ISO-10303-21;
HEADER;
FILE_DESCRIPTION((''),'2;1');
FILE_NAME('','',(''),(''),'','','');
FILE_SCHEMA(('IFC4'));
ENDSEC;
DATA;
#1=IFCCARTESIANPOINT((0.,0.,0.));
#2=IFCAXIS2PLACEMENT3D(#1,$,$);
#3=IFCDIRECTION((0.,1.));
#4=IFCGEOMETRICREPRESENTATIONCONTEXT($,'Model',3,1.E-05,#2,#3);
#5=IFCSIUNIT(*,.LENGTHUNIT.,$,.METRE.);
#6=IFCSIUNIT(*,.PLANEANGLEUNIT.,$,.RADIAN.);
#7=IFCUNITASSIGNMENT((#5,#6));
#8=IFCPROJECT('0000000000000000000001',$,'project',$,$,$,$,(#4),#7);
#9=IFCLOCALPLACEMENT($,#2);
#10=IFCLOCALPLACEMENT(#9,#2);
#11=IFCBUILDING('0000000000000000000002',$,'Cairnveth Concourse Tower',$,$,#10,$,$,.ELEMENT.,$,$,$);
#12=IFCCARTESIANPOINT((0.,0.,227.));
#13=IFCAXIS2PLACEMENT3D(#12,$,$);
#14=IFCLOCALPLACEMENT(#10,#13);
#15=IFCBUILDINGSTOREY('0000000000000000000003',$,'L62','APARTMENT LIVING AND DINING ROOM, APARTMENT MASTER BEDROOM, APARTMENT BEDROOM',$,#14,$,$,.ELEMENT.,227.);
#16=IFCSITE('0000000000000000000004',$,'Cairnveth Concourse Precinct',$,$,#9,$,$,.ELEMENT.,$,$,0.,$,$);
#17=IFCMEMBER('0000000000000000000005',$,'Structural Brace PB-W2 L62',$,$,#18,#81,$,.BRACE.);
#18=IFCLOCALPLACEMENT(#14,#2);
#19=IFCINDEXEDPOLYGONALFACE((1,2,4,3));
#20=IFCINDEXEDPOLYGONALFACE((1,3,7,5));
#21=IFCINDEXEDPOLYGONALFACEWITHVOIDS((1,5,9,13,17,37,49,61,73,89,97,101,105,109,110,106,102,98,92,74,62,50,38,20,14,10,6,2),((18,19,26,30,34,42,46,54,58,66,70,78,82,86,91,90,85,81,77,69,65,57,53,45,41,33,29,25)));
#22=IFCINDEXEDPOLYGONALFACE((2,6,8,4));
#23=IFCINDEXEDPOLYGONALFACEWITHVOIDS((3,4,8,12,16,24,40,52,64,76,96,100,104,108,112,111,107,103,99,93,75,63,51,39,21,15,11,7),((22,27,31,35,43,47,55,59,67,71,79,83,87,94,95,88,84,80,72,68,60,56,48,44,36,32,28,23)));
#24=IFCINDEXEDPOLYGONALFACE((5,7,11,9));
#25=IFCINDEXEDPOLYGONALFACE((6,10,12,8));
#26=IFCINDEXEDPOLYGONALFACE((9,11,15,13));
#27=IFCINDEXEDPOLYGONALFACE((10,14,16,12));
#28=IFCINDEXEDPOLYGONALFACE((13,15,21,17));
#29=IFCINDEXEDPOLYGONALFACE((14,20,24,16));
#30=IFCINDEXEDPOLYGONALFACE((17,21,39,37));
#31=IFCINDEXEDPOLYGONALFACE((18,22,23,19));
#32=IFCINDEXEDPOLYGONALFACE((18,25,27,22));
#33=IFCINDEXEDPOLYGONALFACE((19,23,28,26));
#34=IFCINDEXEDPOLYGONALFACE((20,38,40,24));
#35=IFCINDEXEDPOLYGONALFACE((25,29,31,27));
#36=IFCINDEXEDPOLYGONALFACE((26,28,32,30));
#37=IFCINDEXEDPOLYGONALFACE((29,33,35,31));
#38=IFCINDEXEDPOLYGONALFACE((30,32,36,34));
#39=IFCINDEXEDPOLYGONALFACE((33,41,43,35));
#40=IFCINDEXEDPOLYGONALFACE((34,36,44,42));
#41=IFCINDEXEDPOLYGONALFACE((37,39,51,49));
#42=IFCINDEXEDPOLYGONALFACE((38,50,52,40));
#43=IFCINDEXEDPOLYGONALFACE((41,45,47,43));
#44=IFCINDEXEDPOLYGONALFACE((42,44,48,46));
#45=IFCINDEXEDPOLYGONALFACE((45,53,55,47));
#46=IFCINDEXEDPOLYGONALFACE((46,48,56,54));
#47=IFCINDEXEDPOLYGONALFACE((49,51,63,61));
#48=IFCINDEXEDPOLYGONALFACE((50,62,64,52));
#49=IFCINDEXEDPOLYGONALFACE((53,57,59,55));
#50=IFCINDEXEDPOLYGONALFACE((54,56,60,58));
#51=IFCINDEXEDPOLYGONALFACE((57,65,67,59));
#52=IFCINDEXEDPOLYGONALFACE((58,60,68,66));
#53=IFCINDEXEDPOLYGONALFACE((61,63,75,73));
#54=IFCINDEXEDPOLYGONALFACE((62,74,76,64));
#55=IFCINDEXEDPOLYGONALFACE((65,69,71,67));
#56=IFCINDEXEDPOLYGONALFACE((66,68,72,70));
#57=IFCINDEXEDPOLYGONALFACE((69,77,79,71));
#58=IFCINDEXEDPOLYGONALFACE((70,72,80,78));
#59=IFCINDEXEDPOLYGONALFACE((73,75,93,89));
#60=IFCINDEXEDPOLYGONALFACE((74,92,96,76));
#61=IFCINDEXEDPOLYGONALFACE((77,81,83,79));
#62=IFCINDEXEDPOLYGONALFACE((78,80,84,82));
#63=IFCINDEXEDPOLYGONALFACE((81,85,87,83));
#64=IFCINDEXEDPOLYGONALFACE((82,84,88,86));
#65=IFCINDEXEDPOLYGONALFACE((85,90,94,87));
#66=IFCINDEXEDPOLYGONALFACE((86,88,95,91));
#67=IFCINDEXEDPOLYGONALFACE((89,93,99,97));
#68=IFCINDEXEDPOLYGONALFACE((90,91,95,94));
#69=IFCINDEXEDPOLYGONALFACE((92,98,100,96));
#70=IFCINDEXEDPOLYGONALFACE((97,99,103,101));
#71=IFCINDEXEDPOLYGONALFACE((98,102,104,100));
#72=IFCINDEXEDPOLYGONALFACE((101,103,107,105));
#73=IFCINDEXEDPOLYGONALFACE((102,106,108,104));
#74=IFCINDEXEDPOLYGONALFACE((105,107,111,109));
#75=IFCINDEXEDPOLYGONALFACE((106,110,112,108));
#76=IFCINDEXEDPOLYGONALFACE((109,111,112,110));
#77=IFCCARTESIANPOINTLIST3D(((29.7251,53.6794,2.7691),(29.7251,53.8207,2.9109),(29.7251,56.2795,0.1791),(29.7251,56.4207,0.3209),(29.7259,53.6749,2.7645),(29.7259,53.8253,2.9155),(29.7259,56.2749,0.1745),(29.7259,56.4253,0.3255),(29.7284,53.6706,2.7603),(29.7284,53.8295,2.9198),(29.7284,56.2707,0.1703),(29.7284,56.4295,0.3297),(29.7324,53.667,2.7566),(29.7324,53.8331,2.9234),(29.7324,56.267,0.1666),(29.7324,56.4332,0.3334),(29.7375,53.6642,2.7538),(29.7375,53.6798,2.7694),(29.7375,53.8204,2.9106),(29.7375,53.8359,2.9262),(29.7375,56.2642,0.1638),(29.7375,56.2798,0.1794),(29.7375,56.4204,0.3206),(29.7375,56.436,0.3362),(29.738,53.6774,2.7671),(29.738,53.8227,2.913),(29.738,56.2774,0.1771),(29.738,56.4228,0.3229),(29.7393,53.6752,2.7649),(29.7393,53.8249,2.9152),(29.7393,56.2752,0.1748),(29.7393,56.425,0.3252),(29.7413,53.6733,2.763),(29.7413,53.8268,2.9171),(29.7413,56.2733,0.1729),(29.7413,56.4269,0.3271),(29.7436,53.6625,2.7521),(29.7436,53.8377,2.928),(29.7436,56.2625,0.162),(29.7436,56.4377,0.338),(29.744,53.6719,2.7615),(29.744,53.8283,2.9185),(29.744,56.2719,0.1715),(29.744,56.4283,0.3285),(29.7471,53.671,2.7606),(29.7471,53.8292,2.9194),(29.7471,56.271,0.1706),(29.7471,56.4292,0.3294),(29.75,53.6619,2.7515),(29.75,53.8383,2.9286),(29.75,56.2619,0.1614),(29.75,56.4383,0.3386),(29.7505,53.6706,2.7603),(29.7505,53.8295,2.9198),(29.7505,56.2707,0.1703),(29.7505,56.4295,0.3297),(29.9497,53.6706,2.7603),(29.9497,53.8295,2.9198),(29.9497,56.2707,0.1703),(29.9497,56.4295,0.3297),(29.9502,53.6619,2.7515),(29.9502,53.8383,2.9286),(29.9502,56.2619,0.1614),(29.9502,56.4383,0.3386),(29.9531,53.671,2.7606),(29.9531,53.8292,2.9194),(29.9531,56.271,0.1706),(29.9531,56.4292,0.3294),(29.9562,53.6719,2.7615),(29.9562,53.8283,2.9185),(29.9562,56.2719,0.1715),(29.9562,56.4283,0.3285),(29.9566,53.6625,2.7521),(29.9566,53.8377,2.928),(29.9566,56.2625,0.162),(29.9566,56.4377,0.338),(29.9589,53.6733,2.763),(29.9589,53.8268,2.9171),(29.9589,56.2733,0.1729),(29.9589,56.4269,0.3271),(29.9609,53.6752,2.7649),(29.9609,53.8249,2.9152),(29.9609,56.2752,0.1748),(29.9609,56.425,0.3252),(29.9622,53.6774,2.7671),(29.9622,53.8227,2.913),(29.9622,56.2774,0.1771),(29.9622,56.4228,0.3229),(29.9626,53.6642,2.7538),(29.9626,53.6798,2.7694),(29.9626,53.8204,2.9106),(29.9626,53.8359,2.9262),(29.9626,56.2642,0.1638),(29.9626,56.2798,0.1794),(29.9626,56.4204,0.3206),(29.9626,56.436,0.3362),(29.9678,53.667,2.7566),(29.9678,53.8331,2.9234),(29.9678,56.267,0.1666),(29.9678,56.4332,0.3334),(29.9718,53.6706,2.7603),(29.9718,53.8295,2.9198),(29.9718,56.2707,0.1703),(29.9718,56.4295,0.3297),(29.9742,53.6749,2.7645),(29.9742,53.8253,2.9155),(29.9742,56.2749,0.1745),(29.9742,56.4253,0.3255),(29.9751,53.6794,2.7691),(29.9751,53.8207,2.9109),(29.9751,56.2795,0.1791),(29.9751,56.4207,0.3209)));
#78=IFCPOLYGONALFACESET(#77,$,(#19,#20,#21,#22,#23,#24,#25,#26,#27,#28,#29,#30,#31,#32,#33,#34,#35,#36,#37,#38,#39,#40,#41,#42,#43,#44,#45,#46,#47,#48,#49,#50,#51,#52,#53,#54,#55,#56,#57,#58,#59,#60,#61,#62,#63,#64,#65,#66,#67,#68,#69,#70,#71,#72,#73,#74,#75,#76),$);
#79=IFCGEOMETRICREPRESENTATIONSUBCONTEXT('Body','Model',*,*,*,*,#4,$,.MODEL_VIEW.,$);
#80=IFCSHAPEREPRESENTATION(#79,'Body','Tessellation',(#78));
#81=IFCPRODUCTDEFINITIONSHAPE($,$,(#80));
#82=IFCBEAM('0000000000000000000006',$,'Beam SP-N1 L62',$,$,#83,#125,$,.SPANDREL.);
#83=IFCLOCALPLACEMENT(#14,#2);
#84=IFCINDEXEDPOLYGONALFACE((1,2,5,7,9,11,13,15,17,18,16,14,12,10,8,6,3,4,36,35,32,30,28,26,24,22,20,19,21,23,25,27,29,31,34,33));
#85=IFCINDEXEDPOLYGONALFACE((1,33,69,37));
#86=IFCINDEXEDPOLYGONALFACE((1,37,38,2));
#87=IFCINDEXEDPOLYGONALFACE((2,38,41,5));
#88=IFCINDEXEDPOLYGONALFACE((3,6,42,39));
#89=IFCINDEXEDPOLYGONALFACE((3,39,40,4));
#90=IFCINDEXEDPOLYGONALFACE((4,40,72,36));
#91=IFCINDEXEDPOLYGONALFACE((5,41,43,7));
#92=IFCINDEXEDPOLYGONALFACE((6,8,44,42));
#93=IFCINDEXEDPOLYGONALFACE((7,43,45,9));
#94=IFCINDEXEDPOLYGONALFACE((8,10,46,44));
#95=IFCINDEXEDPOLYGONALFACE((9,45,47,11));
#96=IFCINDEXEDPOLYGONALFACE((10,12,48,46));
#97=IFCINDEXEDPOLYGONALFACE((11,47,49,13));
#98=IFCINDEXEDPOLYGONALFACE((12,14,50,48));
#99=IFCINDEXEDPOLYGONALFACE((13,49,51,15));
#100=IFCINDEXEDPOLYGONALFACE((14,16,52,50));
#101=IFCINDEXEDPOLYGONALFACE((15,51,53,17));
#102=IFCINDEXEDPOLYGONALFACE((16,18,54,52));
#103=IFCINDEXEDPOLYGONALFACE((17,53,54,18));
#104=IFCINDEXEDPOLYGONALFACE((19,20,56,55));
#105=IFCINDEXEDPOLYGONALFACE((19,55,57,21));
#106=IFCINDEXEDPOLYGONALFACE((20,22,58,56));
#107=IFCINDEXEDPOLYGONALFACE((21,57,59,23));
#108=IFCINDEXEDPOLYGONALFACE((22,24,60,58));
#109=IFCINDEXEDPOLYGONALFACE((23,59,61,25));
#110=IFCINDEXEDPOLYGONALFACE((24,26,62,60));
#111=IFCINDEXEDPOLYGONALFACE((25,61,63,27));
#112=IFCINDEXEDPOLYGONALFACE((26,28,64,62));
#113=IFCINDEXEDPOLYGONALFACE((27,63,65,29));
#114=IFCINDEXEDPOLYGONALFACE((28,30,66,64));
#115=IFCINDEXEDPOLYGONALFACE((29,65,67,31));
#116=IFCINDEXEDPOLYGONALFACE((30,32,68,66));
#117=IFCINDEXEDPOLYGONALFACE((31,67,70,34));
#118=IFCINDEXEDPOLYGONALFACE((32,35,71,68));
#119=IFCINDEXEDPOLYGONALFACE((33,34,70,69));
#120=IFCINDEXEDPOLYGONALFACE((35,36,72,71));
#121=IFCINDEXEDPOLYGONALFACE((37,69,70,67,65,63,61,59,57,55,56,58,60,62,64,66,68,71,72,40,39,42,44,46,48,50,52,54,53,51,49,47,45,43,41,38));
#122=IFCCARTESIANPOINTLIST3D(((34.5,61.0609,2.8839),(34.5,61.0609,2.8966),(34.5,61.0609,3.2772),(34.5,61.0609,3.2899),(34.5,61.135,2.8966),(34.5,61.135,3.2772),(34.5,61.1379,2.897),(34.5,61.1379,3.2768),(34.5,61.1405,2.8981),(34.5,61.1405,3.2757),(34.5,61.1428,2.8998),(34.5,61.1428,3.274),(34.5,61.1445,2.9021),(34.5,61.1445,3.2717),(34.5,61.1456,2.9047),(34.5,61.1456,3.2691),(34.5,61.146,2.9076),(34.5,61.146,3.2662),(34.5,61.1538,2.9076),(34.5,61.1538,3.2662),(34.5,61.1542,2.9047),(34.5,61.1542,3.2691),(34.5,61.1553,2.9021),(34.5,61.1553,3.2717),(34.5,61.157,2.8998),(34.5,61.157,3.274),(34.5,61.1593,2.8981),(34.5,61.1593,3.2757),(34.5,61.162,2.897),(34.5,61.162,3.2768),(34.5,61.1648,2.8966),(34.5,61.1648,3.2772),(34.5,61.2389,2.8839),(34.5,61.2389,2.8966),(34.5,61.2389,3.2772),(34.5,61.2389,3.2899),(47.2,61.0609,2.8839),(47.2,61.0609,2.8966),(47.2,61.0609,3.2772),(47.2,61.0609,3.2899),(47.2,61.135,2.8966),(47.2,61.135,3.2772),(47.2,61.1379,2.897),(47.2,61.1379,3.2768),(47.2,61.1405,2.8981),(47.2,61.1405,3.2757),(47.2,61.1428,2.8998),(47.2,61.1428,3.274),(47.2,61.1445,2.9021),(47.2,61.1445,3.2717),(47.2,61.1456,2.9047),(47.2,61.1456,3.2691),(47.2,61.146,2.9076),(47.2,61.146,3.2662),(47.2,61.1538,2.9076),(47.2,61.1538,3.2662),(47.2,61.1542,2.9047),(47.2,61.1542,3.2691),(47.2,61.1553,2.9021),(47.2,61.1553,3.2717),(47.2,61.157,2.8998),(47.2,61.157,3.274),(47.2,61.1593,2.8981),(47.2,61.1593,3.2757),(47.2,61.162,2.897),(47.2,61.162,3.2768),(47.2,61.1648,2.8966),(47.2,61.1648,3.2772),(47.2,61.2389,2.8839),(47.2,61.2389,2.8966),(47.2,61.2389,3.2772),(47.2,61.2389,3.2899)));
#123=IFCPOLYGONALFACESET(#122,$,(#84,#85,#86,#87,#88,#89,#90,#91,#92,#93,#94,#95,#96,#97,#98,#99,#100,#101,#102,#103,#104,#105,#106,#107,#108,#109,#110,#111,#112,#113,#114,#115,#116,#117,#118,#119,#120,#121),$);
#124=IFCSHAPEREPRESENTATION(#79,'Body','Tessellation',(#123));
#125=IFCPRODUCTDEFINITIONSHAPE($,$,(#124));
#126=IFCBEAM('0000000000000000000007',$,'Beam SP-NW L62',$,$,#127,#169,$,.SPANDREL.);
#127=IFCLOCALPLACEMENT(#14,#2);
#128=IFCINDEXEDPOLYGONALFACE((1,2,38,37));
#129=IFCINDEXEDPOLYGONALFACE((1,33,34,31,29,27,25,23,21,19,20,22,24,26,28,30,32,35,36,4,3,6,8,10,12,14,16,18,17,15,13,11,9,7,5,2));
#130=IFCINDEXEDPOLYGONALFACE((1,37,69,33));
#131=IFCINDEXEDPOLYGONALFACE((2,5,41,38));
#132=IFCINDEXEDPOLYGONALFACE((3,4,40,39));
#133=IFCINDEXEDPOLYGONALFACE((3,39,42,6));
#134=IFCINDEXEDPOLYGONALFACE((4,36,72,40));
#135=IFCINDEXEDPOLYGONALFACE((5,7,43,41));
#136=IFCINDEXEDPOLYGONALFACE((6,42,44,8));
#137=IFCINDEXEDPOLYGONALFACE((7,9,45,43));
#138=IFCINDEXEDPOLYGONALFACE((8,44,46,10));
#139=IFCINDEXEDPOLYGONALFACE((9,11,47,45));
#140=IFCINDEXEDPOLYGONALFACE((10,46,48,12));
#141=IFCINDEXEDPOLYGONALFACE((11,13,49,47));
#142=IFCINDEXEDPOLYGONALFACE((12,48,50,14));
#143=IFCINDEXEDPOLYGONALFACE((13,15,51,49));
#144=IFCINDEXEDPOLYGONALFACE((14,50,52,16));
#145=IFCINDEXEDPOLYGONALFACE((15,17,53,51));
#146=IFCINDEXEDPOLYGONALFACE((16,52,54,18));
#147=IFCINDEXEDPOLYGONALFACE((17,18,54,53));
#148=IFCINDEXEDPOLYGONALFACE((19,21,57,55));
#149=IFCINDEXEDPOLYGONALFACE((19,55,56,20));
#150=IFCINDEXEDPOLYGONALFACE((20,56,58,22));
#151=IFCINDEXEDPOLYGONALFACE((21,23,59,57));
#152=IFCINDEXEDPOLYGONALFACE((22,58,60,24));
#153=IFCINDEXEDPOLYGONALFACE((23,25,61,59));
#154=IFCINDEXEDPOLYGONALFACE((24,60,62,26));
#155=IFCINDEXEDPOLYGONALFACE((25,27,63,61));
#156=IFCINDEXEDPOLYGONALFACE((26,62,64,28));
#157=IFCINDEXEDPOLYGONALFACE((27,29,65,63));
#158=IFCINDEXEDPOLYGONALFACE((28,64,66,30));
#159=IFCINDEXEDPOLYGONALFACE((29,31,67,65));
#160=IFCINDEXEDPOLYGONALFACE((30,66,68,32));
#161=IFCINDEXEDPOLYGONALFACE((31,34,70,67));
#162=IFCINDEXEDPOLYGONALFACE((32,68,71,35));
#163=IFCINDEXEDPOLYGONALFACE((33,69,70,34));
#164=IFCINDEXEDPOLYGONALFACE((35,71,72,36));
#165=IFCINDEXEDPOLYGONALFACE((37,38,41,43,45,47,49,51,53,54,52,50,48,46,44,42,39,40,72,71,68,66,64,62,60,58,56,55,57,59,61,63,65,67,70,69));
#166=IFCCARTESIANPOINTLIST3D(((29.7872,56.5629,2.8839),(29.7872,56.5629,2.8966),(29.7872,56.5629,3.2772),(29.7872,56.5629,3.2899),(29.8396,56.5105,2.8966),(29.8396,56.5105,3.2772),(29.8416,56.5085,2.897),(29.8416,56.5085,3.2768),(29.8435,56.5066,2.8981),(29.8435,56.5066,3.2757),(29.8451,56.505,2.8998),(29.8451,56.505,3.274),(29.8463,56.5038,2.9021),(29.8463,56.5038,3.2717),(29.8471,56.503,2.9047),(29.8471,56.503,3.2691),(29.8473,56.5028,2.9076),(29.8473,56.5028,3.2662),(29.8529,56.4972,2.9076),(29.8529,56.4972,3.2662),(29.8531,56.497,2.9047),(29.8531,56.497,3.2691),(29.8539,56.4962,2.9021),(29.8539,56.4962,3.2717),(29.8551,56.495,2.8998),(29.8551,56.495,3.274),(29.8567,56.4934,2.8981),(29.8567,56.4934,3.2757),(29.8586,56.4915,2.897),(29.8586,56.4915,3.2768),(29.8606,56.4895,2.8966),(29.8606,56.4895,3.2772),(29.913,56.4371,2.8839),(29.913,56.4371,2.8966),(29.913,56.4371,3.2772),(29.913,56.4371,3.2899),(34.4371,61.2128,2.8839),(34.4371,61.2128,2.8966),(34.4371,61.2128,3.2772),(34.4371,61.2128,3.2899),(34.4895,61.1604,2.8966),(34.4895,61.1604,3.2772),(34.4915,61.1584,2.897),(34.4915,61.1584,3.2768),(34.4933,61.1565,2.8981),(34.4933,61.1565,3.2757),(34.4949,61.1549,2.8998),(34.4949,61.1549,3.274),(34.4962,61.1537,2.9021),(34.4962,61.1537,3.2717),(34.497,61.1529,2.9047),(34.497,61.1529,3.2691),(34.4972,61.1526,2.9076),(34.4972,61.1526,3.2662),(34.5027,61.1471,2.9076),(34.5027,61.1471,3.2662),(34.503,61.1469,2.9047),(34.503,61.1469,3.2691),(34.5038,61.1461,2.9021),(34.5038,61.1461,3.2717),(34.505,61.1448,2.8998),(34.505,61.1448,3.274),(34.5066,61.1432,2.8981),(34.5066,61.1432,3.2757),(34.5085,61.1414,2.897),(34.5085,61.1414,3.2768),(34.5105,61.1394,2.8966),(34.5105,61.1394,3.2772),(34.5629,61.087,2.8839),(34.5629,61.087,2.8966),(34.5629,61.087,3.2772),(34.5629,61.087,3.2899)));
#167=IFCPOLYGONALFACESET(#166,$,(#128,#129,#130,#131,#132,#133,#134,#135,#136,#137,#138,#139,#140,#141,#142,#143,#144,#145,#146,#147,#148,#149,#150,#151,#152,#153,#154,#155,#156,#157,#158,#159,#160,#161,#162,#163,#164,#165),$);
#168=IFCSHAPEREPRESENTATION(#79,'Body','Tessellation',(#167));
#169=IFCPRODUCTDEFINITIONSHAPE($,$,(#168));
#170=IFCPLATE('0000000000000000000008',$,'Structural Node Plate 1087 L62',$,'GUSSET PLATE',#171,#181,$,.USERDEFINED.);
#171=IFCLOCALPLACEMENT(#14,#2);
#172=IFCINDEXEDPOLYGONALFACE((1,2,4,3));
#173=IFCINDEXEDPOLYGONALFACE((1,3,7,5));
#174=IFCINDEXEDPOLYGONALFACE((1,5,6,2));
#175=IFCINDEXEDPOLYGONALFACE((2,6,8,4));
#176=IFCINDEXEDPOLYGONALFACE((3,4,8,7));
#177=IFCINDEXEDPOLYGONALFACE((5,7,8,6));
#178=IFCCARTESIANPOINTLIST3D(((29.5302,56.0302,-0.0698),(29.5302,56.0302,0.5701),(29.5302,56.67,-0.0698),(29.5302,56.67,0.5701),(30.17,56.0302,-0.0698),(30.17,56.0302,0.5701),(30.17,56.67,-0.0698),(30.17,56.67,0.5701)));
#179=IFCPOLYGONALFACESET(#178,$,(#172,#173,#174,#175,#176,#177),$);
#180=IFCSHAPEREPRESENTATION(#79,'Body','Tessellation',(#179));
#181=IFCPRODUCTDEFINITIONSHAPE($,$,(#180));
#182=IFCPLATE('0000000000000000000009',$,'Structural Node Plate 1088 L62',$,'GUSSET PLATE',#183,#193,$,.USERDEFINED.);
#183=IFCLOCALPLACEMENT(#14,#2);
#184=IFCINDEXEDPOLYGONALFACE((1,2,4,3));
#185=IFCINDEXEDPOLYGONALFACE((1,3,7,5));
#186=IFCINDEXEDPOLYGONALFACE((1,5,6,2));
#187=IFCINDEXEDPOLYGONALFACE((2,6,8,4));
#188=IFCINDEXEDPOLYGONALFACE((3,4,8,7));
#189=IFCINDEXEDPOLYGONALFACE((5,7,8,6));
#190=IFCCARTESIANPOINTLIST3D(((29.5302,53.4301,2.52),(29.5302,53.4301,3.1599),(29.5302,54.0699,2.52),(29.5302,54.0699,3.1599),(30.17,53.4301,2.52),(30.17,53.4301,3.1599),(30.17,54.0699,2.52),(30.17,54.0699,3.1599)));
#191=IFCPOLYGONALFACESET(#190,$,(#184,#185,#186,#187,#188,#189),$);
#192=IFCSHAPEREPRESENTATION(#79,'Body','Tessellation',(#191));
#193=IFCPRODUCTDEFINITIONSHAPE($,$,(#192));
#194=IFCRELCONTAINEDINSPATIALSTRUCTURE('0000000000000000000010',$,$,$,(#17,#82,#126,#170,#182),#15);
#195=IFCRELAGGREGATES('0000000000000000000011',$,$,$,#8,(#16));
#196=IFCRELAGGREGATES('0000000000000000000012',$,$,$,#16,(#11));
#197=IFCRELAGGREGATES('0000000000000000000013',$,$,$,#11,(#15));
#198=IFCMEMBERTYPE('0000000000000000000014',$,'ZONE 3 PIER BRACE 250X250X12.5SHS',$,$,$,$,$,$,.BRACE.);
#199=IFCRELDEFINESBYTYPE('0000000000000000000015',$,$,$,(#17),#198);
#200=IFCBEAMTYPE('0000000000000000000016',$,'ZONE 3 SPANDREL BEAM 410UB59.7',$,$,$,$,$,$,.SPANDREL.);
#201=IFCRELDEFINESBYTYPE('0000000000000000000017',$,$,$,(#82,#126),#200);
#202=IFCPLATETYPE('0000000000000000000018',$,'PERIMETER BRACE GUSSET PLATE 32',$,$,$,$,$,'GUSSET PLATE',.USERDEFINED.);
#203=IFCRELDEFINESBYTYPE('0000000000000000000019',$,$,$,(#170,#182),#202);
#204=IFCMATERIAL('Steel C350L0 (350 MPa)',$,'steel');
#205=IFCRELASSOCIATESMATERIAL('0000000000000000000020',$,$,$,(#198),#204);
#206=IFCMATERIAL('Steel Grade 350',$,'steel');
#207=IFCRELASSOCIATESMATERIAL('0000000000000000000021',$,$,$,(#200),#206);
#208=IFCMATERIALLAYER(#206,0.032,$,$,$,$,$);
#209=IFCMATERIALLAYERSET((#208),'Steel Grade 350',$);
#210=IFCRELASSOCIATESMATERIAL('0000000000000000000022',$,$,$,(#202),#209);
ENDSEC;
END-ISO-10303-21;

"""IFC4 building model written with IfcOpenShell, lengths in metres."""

from ifc_helpers import new_model, si_unit, direction, frame, origin, origin_2d, place, context, subcontext, project, spatial, rectangle, hollow_rectangle, i_section, extrude, material, layer, layer_set, material_profile, profile_set, type_object, element, save


model = new_model("IFC4")

# Units and contexts
model_context = context("Model", 3, precision=1e-05, world=origin(), true_north=direction((0.0, 1.0)))
body_context = subcontext(model_context, "Body", "Model", "MODEL_VIEW")
ifc_project = project(units=[si_unit("LENGTHUNIT", "METRE"), si_unit("PLANEANGLEUNIT", "RADIAN")], contexts=[model_context])

# Site, building, storey
site_placement = place(None, origin())
site = spatial("IfcSite", under=ifc_project, at=site_placement, Name="Cairnveth Concourse Precinct", CompositionType="ELEMENT", RefElevation=0.0)
building_placement = place(site_placement, origin())
building = spatial("IfcBuilding", under=site, at=building_placement, Name="Cairnveth Concourse Tower", CompositionType="ELEMENT")
storey_placement = place(building_placement, frame((0.0, 0.0, 227.0)))
storey = spatial("IfcBuildingStorey", under=building, at=storey_placement, Name="L62", Description="APARTMENT LIVING AND DINING ROOM, APARTMENT MASTER BEDROOM, APARTMENT BEDROOM", CompositionType="ELEMENT", Elevation=227.0)

# Shared definitions
ifc_material_1 = material(Name="Steel Grade 350", Category="steel")

# Member
ifc_material_2 = material(Name="Steel C350L0 (350 MPa)", Category="steel")
ifc_material_profile_1 = material_profile(ifc_material_2, hollow_rectangle(XDim=0.25, YDim=0.25, WallThickness=0.0125, InnerFilletRadius=0.0129, OuterFilletRadius=0.0249, at=origin_2d()), Name="250x250x12.5SHS")
ifc_profile_set_1 = profile_set([ifc_material_profile_1], Name="Steel C350L0 (350 MPa)")
member_type = type_object("IfcMemberType", Name="ZONE 3 PIER BRACE 250X250X12.5SHS", PredefinedType="BRACE", material=ifc_profile_set_1)
member_placement = place(storey_placement, frame((29.8501, 56.3501, 0.25), z_axis=(0.0, -0.708469, 0.705742), x_axis=(1.0, 0.0, 0.0)))
element("IfcMember", 1, at=member_placement, inside=storey, type_object=member_type, Name="Structural Brace PB-W2 L62", PredefinedType="BRACE", context=body_context, shape_type="SweptSolid", body=[
    extrude(hollow_rectangle(XDim=0.25, YDim=0.25, WallThickness=0.0125, InnerFilletRadius=0.0129, OuterFilletRadius=0.0249, at=origin_2d()), origin(), (0.0, 0.0, 1.0), 3.6699),
])

# Beams
ifc_material_profile_2 = material_profile(ifc_material_1, i_section(OverallWidth=0.178, OverallDepth=0.406, WebThickness=0.0078, FlangeThickness=0.0127, FilletRadius=0.011, at=origin_2d()), Name="410UB59.7")
ifc_profile_set_2 = profile_set([ifc_material_profile_2], Name="Steel Grade 350")
beam_type_1 = type_object("IfcBeamType", Name="ZONE 3 SPANDREL BEAM 410UB59.7", PredefinedType="SPANDREL", material=ifc_profile_set_2)
beam_1_placement = place(storey_placement, frame((34.5, 61.1499, 3.0869), z_axis=(1.0, 0.0, 0.0), x_axis=(0.0, 1.0, 0.0)))
element("IfcBeam", 2, at=beam_1_placement, inside=storey, type_object=beam_type_1, Name="Beam SP-N1 L62", PredefinedType="SPANDREL", context=body_context, shape_type="SweptSolid", body=[
    extrude(i_section(OverallWidth=0.178, OverallDepth=0.406, WebThickness=0.0078, FlangeThickness=0.0127, FilletRadius=0.011, at=origin_2d()), origin(), (0.0, 0.0, 1.0), 12.7),
])
beam_2_placement = place(storey_placement, frame((29.8501, 56.5, 3.0869), z_axis=(0.707107, 0.707107, 0.0), x_axis=(-0.707107, 0.707107, 0.0)))
element("IfcBeam", 3, at=beam_2_placement, inside=storey, type_object=beam_type_1, Name="Beam SP-NW L62", PredefinedType="SPANDREL", context=body_context, shape_type="SweptSolid", body=[
    extrude(i_section(OverallWidth=0.178, OverallDepth=0.406, WebThickness=0.0078, FlangeThickness=0.0127, FilletRadius=0.011, at=origin_2d()), origin(), (0.0, 0.0, 1.0), 6.5759),
])

# Plates
ifc_layer_1 = layer(ifc_material_1, 0.032)
ifc_layer_set_1 = layer_set([ifc_layer_1], Name="Steel Grade 350")
plate_type = type_object("IfcPlateType", Name="PERIMETER BRACE GUSSET PLATE 32", ElementType="GUSSET PLATE", PredefinedType="USERDEFINED", material=ifc_layer_set_1)
for number, where, z_axis, x_axis, name in (
    (4, (29.8501, 56.3501, -0.0698), (0.0, 0.0, 1.0), (1.0, 0.0, 0.0), "Structural Node Plate 1087 L62"),
    (5, (29.8501, 53.75, 2.52), (0.0, 0.0, 1.0), (1.0, 0.0, 0.0), "Structural Node Plate 1088 L62"),
):
    element("IfcPlate", number, at=place(storey_placement, frame(where, z_axis=z_axis, x_axis=x_axis)), inside=storey, type_object=plate_type, Name=name, ObjectType="GUSSET PLATE", PredefinedType="USERDEFINED", context=body_context, shape_type="SweptSolid", body=[
        extrude(rectangle(XDim=0.6399, YDim=0.6399, at=origin_2d()), origin(), (0.0, 0.0, 1.0), 0.6399),
    ])

save(model, "model.ifc")
